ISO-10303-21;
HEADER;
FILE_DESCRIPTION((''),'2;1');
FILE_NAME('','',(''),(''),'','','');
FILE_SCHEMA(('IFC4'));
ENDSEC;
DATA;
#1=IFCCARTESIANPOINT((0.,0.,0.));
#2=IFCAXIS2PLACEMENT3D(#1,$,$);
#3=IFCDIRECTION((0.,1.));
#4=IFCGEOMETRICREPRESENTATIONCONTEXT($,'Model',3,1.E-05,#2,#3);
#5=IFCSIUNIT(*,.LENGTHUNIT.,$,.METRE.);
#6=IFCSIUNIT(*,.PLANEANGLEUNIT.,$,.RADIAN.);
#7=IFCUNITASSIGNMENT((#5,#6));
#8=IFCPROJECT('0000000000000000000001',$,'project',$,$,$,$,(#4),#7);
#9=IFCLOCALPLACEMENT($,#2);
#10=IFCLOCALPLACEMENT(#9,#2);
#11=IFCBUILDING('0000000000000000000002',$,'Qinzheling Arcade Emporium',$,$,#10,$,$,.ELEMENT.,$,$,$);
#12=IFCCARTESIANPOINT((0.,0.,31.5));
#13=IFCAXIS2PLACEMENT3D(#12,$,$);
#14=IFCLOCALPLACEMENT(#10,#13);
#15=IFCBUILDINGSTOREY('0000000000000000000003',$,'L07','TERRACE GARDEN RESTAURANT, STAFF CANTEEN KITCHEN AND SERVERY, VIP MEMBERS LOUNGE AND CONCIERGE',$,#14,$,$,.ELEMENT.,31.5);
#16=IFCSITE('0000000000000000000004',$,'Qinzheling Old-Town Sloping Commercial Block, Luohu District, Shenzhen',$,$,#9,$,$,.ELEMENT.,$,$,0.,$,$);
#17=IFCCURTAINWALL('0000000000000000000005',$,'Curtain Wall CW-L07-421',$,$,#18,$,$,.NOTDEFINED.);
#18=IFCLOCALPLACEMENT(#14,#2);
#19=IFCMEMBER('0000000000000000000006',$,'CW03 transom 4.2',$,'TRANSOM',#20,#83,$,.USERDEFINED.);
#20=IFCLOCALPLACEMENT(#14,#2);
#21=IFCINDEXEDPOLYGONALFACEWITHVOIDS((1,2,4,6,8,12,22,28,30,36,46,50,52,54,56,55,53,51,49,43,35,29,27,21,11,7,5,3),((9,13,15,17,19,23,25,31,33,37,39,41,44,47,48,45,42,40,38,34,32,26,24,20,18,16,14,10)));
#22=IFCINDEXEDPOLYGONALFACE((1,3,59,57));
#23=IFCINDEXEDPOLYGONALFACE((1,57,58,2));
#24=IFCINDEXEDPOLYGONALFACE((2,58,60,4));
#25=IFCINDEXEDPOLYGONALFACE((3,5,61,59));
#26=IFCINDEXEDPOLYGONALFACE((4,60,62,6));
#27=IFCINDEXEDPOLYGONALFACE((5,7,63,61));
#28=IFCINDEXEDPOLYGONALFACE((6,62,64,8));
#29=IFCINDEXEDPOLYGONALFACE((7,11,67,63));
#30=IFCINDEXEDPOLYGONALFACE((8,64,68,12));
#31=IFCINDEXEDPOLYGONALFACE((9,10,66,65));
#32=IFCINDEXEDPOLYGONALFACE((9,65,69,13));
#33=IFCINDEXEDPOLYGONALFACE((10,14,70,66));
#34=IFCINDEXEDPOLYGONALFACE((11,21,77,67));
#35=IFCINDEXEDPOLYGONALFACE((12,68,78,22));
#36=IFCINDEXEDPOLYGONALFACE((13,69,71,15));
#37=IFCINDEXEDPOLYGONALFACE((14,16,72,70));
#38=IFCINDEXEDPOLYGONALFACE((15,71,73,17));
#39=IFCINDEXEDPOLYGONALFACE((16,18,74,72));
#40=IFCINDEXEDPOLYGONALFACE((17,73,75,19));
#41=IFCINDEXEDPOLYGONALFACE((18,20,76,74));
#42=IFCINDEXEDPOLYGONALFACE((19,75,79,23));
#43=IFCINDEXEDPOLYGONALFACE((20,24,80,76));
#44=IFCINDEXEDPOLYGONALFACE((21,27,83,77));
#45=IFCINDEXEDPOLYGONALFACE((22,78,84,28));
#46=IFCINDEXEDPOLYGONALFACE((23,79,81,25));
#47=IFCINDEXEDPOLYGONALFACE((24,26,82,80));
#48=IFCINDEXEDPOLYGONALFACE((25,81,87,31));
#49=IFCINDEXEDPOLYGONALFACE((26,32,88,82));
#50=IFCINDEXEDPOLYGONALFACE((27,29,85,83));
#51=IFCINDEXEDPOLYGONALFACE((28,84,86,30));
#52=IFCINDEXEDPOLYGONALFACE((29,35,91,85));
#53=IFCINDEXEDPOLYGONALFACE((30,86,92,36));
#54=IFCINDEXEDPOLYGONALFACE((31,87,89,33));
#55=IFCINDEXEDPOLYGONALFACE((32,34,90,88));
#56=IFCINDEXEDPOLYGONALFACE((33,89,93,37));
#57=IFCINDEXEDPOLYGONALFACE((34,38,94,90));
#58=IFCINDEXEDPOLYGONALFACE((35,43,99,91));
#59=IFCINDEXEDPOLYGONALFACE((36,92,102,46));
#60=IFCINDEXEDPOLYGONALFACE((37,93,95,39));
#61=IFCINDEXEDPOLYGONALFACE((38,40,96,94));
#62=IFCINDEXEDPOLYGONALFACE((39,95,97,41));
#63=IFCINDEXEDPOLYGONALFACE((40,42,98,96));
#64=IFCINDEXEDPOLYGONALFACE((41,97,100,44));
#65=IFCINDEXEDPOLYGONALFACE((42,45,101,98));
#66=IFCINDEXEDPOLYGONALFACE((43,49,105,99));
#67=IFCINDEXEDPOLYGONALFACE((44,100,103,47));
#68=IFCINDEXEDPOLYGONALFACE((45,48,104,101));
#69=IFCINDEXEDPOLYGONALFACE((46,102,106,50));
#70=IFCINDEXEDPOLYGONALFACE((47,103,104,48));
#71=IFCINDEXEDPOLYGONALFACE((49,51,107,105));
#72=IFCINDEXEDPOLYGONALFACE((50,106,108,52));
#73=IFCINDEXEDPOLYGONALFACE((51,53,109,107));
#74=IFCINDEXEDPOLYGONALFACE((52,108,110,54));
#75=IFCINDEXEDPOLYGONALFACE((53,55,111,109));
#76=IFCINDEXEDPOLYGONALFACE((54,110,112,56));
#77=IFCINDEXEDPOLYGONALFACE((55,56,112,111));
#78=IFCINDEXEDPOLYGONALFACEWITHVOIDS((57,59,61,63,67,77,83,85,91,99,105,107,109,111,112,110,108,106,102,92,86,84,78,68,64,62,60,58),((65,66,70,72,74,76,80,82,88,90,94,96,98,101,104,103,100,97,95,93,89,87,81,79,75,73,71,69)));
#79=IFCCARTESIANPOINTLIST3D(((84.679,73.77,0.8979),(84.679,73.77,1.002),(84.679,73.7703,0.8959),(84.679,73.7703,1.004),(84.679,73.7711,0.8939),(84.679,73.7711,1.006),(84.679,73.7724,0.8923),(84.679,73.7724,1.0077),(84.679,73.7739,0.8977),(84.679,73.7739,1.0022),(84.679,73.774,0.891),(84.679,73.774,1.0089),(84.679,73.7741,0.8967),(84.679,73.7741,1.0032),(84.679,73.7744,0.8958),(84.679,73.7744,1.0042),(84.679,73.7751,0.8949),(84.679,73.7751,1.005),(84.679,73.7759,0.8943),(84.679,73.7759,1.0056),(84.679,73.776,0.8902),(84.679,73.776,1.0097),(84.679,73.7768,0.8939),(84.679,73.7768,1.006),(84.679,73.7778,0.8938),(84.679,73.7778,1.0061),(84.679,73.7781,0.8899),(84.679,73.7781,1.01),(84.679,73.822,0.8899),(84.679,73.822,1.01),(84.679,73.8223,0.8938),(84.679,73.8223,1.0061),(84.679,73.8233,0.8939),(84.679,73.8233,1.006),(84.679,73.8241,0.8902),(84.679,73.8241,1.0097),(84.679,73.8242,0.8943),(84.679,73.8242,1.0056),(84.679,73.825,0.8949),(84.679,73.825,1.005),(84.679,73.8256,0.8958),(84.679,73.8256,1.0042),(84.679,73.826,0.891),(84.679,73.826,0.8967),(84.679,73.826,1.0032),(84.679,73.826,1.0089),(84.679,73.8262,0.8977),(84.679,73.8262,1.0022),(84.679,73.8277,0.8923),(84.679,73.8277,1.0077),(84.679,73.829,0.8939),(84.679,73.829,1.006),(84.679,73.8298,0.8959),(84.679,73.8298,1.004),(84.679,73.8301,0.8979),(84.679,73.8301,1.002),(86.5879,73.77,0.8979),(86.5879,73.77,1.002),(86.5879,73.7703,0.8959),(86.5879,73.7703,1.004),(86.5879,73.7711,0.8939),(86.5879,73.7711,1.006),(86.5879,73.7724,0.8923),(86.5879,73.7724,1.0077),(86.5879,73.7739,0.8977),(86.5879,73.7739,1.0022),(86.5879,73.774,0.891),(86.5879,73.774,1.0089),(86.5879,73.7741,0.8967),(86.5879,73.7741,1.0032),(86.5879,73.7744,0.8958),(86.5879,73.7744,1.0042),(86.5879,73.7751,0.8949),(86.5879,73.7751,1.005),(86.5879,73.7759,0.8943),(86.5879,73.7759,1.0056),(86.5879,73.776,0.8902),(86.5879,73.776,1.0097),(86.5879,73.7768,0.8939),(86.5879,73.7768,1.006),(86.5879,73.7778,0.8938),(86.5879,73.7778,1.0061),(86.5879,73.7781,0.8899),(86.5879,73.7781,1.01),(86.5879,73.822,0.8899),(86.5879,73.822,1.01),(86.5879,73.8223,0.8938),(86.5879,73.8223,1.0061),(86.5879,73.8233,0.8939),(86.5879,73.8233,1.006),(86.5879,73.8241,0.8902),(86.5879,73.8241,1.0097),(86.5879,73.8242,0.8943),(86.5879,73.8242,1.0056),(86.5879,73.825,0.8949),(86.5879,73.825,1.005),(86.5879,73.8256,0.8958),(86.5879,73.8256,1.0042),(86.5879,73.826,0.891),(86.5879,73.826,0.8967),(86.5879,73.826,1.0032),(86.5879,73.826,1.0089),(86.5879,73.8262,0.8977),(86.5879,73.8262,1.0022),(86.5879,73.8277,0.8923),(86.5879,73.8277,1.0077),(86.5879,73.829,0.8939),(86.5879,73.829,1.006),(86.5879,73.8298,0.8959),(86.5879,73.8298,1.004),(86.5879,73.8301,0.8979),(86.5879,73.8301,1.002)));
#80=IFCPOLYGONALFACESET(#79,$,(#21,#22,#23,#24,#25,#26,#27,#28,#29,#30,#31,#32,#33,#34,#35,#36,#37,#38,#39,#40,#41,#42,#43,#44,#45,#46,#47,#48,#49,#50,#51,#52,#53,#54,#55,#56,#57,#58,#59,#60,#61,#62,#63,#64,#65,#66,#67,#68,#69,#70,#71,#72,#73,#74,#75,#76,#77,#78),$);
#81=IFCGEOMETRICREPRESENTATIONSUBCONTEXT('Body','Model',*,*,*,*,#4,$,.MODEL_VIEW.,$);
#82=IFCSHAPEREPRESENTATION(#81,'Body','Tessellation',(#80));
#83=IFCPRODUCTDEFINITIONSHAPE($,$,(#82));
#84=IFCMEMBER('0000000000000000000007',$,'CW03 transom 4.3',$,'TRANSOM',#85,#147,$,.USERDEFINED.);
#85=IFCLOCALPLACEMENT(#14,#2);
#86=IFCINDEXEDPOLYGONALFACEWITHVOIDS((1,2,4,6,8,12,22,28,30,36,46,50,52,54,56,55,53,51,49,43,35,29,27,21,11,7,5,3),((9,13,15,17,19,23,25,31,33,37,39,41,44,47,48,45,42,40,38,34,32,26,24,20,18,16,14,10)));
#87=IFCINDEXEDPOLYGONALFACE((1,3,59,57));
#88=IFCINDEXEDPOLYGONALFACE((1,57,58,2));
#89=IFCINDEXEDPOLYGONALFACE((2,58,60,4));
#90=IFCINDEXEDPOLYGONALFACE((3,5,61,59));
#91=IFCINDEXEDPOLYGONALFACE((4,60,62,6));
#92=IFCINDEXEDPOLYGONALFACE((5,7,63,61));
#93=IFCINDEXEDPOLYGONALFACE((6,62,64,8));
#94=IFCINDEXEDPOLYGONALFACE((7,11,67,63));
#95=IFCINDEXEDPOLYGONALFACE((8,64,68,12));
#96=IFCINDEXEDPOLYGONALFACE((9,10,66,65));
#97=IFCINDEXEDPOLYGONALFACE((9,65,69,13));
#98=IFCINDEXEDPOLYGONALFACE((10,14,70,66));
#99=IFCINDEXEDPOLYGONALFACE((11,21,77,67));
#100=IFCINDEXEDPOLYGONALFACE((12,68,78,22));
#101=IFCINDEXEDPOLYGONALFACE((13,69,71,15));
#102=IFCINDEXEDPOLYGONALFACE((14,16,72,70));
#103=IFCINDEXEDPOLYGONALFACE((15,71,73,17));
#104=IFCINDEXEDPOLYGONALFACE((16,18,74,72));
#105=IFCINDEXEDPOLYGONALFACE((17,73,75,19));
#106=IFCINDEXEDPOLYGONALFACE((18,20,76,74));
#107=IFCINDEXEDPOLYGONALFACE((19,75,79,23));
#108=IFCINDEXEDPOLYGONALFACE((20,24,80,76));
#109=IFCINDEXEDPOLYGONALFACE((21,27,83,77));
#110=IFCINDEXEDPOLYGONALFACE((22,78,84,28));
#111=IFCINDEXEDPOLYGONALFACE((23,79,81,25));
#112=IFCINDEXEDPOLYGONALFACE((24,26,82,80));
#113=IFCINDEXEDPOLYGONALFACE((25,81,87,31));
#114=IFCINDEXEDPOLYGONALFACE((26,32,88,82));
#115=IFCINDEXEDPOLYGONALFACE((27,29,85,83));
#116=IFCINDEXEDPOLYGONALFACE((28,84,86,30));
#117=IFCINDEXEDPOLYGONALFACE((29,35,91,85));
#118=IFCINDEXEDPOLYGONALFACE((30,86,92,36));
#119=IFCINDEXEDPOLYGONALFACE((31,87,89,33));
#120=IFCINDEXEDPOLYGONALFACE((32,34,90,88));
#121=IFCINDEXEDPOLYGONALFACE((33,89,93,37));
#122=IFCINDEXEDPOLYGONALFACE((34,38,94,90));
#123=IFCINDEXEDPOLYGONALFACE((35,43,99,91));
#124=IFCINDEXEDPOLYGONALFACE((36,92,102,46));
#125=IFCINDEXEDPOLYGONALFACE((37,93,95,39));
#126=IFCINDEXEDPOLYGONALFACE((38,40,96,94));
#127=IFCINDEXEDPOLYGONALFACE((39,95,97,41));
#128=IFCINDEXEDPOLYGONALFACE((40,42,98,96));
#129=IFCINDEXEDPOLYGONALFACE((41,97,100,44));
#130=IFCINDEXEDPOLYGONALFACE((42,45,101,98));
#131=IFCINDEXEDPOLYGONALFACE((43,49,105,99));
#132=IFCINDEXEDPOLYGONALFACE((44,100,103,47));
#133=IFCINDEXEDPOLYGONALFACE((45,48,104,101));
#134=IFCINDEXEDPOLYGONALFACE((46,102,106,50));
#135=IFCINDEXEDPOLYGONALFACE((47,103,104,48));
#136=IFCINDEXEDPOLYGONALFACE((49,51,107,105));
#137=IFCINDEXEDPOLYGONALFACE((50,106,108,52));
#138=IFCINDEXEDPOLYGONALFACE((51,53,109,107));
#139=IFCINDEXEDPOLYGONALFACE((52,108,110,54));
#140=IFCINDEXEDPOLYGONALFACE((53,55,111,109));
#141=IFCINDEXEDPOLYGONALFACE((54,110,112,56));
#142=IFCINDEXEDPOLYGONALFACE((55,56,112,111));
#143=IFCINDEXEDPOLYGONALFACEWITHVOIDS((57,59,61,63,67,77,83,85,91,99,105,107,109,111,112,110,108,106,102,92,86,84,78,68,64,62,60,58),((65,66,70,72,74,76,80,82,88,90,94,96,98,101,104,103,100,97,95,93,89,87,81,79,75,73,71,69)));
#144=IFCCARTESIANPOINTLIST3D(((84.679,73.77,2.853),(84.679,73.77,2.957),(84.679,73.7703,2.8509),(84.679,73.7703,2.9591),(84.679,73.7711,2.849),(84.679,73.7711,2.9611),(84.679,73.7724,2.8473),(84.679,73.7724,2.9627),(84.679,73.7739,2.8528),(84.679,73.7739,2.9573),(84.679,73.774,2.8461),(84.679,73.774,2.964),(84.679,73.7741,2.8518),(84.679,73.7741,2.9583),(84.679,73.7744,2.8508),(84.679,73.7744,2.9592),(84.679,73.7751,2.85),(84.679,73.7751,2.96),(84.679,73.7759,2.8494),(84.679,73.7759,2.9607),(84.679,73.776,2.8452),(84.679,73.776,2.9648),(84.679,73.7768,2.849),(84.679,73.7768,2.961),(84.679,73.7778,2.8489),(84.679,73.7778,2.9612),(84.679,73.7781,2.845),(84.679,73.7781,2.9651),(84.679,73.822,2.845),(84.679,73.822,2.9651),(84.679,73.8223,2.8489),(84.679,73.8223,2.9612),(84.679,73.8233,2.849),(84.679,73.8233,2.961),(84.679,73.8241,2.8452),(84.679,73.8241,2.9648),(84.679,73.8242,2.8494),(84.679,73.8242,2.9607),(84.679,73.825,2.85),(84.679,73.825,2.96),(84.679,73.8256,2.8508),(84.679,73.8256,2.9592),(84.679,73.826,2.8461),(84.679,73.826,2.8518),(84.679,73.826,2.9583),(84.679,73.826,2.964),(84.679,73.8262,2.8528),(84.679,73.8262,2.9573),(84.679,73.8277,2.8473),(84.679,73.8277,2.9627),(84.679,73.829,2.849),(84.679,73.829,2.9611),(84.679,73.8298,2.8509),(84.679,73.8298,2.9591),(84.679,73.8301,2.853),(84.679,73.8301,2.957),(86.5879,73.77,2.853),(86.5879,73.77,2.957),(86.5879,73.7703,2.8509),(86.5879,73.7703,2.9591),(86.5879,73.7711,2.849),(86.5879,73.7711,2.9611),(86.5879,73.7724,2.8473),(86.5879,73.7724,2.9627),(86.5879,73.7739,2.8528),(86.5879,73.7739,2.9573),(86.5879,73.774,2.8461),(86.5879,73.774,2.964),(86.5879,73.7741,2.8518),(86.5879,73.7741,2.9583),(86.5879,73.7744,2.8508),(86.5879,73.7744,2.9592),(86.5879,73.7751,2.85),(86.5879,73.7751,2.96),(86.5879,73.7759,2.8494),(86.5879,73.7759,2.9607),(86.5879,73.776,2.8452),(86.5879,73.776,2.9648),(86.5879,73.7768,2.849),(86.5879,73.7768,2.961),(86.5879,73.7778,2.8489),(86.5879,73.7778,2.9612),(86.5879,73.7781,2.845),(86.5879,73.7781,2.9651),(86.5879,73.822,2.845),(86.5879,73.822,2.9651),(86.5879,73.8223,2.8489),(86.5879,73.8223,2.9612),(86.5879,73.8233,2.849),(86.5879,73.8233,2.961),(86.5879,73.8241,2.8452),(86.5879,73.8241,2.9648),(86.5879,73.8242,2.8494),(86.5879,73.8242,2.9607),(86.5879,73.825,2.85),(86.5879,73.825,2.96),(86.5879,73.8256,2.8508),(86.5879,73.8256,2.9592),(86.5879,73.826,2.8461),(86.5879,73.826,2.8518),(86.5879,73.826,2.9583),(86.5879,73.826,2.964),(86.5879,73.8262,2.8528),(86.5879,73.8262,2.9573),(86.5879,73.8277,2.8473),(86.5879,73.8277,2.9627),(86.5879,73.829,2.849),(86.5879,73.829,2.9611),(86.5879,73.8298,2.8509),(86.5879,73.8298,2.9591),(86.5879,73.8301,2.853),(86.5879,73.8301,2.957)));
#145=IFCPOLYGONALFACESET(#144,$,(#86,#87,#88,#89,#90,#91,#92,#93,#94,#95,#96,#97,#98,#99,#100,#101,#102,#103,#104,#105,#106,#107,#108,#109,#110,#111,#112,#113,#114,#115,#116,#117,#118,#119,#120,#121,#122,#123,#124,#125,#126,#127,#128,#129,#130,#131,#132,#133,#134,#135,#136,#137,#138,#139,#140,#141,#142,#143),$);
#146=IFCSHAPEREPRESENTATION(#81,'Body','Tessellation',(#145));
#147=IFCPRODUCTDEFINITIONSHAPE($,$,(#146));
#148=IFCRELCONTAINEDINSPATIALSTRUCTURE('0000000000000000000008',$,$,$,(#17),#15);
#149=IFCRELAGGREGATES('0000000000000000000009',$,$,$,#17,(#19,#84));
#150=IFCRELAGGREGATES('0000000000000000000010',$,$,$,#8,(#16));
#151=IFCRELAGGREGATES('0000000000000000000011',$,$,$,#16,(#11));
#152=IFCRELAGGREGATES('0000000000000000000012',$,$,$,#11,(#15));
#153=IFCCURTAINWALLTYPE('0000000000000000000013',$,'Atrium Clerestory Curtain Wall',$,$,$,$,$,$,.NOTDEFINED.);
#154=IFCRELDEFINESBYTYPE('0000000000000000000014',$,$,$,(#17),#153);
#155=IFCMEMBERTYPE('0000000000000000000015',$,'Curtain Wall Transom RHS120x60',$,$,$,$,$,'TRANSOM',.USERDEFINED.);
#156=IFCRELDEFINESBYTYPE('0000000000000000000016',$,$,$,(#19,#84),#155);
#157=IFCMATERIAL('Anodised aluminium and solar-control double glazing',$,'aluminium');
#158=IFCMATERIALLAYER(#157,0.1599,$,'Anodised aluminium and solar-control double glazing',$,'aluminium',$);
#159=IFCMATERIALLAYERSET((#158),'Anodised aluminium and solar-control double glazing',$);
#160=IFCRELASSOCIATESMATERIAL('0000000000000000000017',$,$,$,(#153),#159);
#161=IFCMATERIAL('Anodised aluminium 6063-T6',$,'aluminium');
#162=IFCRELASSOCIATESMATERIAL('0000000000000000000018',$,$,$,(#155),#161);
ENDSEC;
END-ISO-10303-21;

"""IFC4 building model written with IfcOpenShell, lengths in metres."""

from ifc_helpers import new_model, si_unit, direction, frame, origin, origin_2d, place, context, subcontext, project, spatial, hollow_rectangle, extrude, material, layer, layer_set, material_profile, profile_set, type_object, element, aggregate, save


model = new_model("IFC4")

# Units and contexts
model_context = context("Model", 3, precision=1e-05, world=origin(), true_north=direction((0.0, 1.0)))
body_context = subcontext(model_context, "Body", "Model", "MODEL_VIEW")
ifc_project = project(units=[si_unit("LENGTHUNIT", "METRE"), si_unit("PLANEANGLEUNIT", "RADIAN")], contexts=[model_context])

# Site, building, storey
site_placement = place(None, origin())
site = spatial("IfcSite", under=ifc_project, at=site_placement, Name="Qinzheling Old-Town Sloping Commercial Block, Luohu District, Shenzhen", CompositionType="ELEMENT", RefElevation=0.0)
building_placement = place(site_placement, origin())
building = spatial("IfcBuilding", under=site, at=building_placement, Name="Qinzheling Arcade Emporium", CompositionType="ELEMENT")
storey_placement = place(building_placement, frame((0.0, 0.0, 31.5)))
storey = spatial("IfcBuildingStorey", under=building, at=storey_placement, Name="L07", Description="TERRACE GARDEN RESTAURANT, STAFF CANTEEN KITCHEN AND SERVERY, VIP MEMBERS LOUNGE AND CONCIERGE", CompositionType="ELEMENT", Elevation=31.5)

# Curtain wall, members
ifc_material_1 = material(Name="Anodised aluminium and solar-control double glazing", Category="aluminium")
ifc_layer_1 = layer(ifc_material_1, 0.1599, Name="Anodised aluminium and solar-control double glazing", Category="aluminium")
ifc_layer_set_1 = layer_set([ifc_layer_1], Name="Anodised aluminium and solar-control double glazing")
curtain_wall_type = type_object("IfcCurtainWallType", Name="Atrium Clerestory Curtain Wall", PredefinedType="NOTDEFINED", material=ifc_layer_set_1)
curtain_wall_placement = place(storey_placement, origin())
curtain_wall = element("IfcCurtainWall", 1, at=curtain_wall_placement, inside=storey, type_object=curtain_wall_type, Name="Curtain Wall CW-L07-421", PredefinedType="NOTDEFINED")
ifc_material_2 = material(Name="Anodised aluminium 6063-T6", Category="aluminium")
ifc_material_profile_1 = material_profile(ifc_material_2, hollow_rectangle(XDim=0.0601, YDim=0.1201, WallThickness=0.0039, InnerFilletRadius=0.0039, OuterFilletRadius=0.0081, at=origin_2d()), Name="RHS 120x60x4", Category="aluminium")
ifc_profile_set_1 = profile_set([ifc_material_profile_1], Name="Anodised aluminium 6063-T6")
member_type_1 = type_object("IfcMemberType", Name="Curtain Wall Transom RHS120x60", ElementType="TRANSOM", PredefinedType="USERDEFINED", material=ifc_profile_set_1)
member_1_placement = place(storey_placement, frame((84.679, 73.8, 0.95), z_axis=(1.0, 0.0, 0.0), x_axis=(0.0, 1.0, 0.0)))
member_1 = element("IfcMember", 2, at=member_1_placement, type_object=member_type_1, Name="CW03 transom 4.2", ObjectType="TRANSOM", PredefinedType="USERDEFINED", context=body_context, shape_type="SweptSolid", body=[
    extrude(hollow_rectangle(XDim=0.0601, YDim=0.1201, WallThickness=0.0039, InnerFilletRadius=0.0039, OuterFilletRadius=0.0081, at=origin_2d()), origin(), (0.0, 0.0, 1.0), 1.9089),
])
member_2_placement = place(storey_placement, frame((84.679, 73.8, 2.905), z_axis=(1.0, 0.0, 0.0), x_axis=(0.0, 1.0, 0.0)))
member_2 = element("IfcMember", 3, at=member_2_placement, type_object=member_type_1, Name="CW03 transom 4.3", ObjectType="TRANSOM", PredefinedType="USERDEFINED", context=body_context, shape_type="SweptSolid", body=[
    extrude(hollow_rectangle(XDim=0.0601, YDim=0.1201, WallThickness=0.0039, InnerFilletRadius=0.0039, OuterFilletRadius=0.0081, at=origin_2d()), origin(), (0.0, 0.0, 1.0), 1.9089),
])
aggregate(curtain_wall, [member_1, member_2])

save(model, "model.ifc")
